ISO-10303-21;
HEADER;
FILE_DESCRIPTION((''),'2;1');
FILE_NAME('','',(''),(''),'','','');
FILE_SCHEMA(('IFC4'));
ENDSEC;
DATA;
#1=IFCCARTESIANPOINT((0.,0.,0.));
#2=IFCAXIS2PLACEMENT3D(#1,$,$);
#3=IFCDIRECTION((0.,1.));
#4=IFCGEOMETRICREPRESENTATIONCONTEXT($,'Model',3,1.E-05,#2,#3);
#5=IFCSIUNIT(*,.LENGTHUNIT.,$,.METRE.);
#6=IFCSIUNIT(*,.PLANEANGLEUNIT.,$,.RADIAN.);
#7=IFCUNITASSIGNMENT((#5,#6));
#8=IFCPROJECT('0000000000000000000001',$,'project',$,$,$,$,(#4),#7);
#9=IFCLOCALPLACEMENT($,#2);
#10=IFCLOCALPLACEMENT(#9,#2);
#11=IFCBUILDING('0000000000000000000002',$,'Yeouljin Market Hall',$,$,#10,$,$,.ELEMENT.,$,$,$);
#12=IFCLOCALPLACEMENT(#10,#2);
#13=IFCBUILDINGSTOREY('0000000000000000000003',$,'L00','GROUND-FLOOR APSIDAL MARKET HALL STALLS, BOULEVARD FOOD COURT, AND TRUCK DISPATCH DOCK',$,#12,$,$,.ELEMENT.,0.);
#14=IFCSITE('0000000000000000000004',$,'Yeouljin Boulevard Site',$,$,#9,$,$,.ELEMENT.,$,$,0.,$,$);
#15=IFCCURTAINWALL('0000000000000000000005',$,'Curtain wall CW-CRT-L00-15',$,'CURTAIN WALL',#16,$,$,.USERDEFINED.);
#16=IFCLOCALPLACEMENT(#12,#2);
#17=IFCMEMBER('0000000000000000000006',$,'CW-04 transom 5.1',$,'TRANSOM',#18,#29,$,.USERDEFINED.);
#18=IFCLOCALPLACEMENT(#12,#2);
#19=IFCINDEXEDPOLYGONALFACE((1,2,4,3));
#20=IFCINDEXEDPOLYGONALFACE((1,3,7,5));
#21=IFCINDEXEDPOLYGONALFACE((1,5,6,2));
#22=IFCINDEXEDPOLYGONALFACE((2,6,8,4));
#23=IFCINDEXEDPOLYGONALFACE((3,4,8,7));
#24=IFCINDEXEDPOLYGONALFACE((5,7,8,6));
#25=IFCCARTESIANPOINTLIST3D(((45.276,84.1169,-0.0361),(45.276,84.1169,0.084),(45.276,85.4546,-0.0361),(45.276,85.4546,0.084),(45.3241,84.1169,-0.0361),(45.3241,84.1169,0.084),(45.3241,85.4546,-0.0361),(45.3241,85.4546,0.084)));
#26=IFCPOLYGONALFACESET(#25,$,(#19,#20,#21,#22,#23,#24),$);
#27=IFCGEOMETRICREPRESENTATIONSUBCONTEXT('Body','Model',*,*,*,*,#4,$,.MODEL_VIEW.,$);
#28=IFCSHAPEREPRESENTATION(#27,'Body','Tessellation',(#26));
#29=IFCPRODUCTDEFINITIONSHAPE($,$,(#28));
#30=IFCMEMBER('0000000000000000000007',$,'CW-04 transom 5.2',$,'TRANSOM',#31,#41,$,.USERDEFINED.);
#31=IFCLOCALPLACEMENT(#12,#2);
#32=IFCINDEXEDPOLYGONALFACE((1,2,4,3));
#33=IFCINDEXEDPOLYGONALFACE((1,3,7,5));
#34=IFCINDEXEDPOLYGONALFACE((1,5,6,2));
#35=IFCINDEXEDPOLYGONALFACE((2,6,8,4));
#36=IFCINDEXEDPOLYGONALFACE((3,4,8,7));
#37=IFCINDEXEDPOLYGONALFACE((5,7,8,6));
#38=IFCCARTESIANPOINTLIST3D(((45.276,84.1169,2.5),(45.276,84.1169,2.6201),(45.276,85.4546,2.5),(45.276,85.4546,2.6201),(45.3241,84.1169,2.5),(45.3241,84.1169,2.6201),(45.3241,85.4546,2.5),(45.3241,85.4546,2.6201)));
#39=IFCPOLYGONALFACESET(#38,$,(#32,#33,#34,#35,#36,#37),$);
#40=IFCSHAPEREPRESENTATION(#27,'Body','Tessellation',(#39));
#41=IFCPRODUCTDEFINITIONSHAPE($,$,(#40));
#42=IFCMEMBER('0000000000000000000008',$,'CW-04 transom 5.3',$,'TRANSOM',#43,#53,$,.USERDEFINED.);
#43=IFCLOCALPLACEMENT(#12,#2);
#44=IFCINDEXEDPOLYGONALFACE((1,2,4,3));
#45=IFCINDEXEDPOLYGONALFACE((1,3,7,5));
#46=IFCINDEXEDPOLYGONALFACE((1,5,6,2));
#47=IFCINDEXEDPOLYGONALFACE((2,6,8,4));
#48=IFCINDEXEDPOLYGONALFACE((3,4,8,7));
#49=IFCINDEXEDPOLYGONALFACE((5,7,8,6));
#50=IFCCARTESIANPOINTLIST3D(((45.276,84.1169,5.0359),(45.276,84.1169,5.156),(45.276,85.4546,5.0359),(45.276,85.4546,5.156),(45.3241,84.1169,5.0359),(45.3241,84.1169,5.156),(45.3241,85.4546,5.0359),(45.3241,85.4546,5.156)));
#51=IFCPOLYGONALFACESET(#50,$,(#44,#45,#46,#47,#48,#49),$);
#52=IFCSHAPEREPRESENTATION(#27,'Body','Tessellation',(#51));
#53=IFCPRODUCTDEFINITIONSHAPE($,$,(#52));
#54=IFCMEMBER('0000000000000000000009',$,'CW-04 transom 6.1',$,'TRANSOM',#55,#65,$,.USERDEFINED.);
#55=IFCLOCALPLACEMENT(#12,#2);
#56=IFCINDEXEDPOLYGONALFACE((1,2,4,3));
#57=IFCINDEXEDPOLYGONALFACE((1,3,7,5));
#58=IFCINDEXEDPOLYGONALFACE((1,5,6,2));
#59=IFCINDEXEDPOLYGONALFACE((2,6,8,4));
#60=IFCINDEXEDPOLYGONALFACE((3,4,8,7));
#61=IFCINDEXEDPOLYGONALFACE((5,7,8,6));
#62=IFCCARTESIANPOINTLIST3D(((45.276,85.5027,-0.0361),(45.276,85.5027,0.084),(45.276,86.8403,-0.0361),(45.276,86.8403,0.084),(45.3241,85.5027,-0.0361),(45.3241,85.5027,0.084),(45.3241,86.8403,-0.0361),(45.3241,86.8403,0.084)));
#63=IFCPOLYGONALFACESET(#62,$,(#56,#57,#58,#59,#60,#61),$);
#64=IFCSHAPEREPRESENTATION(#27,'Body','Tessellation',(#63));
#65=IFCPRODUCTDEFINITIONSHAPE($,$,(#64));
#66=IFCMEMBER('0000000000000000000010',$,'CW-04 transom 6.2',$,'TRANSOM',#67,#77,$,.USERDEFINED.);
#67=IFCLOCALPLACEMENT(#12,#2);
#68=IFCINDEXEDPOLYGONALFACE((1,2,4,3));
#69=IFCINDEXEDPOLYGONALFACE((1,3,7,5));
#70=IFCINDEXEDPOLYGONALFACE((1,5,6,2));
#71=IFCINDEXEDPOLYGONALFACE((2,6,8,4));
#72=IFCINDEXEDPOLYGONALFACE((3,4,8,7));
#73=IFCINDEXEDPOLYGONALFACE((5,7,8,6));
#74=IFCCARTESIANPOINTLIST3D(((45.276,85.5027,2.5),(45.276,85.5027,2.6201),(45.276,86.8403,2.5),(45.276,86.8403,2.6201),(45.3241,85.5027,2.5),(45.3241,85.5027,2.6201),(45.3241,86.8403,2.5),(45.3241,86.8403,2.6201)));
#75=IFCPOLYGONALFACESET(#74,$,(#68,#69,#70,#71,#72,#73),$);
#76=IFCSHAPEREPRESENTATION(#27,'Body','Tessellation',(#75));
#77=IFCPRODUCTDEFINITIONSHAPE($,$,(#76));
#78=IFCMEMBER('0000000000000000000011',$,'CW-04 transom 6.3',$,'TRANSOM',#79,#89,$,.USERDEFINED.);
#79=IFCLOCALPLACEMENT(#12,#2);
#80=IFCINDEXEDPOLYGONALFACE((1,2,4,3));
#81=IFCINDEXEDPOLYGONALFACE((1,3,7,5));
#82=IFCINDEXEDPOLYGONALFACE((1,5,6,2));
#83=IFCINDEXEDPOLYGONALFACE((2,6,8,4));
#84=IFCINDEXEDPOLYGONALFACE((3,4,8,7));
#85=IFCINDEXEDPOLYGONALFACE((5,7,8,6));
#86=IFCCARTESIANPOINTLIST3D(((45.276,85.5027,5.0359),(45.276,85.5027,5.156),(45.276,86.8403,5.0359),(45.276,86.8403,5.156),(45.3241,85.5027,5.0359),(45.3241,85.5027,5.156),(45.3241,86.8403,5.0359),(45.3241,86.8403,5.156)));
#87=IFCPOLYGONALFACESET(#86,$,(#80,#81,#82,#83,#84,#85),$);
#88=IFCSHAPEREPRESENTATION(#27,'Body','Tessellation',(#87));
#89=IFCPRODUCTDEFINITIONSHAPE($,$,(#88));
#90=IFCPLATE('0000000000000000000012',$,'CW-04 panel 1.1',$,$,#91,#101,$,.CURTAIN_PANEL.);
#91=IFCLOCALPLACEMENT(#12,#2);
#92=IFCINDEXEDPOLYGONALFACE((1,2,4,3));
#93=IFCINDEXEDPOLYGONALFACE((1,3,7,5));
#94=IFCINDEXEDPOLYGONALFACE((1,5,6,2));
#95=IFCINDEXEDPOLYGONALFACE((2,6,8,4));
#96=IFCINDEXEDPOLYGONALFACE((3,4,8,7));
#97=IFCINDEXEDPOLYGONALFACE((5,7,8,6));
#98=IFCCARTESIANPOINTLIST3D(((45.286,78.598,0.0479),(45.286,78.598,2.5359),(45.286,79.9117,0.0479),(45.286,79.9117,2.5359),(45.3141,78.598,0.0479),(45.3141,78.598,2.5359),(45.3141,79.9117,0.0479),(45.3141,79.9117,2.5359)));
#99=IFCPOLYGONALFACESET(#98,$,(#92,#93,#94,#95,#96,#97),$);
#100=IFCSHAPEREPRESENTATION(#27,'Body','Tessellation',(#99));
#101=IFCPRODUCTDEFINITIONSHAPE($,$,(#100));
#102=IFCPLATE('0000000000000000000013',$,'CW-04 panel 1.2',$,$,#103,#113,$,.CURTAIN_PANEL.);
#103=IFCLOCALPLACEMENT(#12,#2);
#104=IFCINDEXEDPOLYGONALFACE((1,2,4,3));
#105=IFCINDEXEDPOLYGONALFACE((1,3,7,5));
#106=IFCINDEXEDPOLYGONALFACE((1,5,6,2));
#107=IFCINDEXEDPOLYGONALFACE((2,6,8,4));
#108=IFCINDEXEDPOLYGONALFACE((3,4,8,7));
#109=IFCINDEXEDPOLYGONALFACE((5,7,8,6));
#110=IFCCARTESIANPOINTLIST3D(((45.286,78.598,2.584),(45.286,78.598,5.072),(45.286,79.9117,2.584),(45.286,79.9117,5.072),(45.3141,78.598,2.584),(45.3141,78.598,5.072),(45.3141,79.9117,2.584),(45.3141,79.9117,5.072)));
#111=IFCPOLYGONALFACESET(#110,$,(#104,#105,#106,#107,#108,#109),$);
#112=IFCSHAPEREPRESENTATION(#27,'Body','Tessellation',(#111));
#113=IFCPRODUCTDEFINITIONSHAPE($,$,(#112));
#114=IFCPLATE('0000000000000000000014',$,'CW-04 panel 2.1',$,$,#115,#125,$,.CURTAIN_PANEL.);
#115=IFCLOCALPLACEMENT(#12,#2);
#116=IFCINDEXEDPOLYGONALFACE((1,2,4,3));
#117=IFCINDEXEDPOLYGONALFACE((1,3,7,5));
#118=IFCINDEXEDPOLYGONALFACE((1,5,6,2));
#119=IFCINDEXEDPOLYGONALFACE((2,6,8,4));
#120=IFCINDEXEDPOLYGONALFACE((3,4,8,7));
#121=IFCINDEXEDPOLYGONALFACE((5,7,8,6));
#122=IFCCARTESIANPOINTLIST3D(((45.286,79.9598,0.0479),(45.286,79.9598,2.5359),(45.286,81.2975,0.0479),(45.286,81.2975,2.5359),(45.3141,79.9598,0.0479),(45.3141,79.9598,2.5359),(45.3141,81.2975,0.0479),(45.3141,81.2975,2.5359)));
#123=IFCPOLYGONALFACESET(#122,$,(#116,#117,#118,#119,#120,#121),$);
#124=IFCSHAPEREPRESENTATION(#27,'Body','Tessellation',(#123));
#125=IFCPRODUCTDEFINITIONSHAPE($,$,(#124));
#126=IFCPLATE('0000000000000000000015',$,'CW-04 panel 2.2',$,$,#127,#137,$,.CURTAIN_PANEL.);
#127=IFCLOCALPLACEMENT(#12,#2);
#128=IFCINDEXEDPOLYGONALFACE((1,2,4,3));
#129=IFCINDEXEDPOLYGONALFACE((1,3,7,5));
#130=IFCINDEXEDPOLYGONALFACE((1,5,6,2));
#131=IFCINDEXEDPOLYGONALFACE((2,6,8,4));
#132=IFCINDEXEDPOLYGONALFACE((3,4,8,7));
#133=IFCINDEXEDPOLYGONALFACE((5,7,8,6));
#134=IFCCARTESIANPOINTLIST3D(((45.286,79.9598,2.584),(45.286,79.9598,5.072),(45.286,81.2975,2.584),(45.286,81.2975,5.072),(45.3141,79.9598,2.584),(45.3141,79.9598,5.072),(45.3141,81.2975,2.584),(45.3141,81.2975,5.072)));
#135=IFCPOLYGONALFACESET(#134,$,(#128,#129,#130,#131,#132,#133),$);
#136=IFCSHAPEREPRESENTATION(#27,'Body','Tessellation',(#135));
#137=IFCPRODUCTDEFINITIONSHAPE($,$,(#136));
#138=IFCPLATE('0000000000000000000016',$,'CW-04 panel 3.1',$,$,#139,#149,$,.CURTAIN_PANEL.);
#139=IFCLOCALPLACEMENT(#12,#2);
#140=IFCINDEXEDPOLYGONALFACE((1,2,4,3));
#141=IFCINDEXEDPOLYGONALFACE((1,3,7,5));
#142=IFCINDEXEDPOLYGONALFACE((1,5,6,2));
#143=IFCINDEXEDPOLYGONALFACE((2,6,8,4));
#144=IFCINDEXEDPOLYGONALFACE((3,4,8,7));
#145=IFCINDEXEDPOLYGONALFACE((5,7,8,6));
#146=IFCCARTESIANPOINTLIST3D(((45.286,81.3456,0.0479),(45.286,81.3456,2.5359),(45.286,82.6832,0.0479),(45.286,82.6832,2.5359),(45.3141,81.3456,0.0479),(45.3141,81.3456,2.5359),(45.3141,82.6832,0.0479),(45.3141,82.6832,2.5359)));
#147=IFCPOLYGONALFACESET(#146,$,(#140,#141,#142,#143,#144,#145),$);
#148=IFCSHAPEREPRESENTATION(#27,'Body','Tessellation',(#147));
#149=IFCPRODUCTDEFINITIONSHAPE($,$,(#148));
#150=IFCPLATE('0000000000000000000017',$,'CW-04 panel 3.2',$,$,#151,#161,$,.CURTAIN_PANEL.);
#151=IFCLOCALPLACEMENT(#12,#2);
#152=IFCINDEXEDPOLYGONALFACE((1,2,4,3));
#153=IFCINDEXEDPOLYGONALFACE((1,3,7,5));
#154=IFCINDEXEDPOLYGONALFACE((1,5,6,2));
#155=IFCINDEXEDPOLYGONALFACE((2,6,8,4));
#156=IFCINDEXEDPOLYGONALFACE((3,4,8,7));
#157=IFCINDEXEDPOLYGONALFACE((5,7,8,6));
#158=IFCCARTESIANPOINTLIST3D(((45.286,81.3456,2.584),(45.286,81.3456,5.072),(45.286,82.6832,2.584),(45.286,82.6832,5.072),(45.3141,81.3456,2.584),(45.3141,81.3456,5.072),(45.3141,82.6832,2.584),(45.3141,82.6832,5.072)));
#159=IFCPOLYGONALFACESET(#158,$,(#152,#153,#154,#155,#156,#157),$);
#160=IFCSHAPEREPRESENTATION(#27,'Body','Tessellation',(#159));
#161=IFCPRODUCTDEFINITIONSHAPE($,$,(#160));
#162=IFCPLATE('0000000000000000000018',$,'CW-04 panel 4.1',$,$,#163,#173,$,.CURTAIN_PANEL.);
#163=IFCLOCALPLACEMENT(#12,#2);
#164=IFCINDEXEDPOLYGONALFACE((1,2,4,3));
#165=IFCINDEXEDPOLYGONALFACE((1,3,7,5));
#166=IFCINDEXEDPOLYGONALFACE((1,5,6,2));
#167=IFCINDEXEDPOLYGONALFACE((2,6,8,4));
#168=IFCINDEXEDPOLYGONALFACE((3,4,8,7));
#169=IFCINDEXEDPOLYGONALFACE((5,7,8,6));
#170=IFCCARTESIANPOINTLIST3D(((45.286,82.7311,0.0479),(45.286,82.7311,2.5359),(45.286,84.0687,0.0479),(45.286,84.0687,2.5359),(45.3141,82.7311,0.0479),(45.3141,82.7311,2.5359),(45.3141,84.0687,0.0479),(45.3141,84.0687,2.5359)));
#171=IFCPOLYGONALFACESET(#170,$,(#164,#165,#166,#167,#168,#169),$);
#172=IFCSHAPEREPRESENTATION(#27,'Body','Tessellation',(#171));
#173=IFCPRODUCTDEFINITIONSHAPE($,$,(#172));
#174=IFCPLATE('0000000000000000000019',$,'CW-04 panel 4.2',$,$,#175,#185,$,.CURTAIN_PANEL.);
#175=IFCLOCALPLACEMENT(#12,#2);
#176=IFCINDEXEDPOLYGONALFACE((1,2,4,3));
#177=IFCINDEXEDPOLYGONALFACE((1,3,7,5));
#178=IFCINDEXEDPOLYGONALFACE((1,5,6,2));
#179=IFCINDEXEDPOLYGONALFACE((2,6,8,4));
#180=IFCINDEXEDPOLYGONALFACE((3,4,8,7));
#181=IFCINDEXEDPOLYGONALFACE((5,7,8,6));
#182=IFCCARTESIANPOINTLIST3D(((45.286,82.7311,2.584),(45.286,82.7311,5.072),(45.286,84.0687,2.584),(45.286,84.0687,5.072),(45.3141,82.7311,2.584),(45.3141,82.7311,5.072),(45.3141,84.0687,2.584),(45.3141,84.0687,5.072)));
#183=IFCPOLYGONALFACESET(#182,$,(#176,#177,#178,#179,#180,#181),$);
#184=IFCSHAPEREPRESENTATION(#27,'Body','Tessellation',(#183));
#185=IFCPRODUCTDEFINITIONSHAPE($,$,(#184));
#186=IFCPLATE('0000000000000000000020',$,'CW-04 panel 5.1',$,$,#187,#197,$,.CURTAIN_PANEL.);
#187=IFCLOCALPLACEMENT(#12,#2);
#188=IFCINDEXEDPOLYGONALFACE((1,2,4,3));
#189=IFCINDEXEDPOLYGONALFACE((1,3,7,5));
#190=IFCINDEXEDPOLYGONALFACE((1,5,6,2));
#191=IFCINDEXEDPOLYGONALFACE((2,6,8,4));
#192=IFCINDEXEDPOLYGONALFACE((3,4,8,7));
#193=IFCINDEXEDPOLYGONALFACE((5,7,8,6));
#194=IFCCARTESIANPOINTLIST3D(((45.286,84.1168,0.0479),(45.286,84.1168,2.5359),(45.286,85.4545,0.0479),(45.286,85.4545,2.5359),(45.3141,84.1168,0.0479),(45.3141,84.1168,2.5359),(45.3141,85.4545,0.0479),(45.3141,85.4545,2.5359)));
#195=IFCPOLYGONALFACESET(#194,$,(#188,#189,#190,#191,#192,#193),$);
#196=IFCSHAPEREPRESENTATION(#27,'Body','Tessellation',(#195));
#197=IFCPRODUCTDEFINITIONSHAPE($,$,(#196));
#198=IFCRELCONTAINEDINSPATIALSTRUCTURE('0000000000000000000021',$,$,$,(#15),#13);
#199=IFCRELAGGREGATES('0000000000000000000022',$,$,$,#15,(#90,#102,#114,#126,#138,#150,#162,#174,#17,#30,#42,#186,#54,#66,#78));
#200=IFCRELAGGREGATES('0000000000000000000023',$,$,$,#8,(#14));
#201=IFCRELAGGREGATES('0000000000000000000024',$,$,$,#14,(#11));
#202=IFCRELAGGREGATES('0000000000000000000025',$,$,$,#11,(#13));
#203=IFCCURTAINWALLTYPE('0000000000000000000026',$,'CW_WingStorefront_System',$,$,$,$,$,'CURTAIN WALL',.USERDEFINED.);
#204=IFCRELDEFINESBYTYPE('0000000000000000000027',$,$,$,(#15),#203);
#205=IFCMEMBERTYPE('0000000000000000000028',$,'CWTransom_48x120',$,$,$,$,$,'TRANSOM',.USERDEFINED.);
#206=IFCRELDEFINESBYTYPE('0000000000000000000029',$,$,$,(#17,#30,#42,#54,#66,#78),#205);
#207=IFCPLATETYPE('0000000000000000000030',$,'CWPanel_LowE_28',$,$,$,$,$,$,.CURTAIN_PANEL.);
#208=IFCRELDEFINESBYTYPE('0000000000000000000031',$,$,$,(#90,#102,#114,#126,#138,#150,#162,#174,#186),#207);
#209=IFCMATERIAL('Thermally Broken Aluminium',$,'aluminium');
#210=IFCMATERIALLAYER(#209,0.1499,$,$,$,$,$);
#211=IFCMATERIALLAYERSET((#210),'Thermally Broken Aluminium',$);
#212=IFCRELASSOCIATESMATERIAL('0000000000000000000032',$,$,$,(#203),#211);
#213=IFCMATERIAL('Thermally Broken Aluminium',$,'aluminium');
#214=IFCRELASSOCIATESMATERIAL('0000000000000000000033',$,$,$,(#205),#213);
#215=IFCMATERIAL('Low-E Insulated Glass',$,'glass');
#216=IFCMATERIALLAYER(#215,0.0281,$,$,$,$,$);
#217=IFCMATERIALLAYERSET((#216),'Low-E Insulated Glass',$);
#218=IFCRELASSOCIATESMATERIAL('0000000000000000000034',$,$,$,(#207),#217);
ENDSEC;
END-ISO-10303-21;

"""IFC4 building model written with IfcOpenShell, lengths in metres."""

from ifc_helpers import new_model, si_unit, direction, frame, origin, origin_2d, place, context, subcontext, project, spatial, rectangle, extrude, material, layer, layer_set, material_profile, profile_set, type_object, element, aggregate, save


model = new_model("IFC4")

# Units and contexts
model_context = context("Model", 3, precision=1e-05, world=origin(), true_north=direction((0.0, 1.0)))
body_context = subcontext(model_context, "Body", "Model", "MODEL_VIEW")
ifc_project = project(units=[si_unit("LENGTHUNIT", "METRE"), si_unit("PLANEANGLEUNIT", "RADIAN")], contexts=[model_context])

# Site, building, storey
site_placement = place(None, origin())
site = spatial("IfcSite", under=ifc_project, at=site_placement, Name="Yeouljin Boulevard Site", CompositionType="ELEMENT", RefElevation=0.0)
building_placement = place(site_placement, origin())
building = spatial("IfcBuilding", under=site, at=building_placement, Name="Yeouljin Market Hall", CompositionType="ELEMENT")
storey_placement = place(building_placement, origin())
storey = spatial("IfcBuildingStorey", under=building, at=storey_placement, Name="L00", Description="GROUND-FLOOR APSIDAL MARKET HALL STALLS, BOULEVARD FOOD COURT, AND TRUCK DISPATCH DOCK", CompositionType="ELEMENT", Elevation=0.0)

# Curtain wall, members, plates
ifc_material_1 = material(Name="Thermally Broken Aluminium", Category="aluminium")
ifc_layer_1 = layer(ifc_material_1, 0.1499)
ifc_layer_set_1 = layer_set([ifc_layer_1], Name="Thermally Broken Aluminium")
curtain_wall_type = type_object("IfcCurtainWallType", Name="CW_WingStorefront_System", ElementType="CURTAIN WALL", PredefinedType="USERDEFINED", material=ifc_layer_set_1)
curtain_wall_placement = place(storey_placement, origin())
curtain_wall = element("IfcCurtainWall", 1, at=curtain_wall_placement, inside=storey, type_object=curtain_wall_type, Name="Curtain wall CW-CRT-L00-15", ObjectType="CURTAIN WALL", PredefinedType="USERDEFINED")
ifc_material_2 = material(Name="Thermally Broken Aluminium", Category="aluminium")
ifc_material_profile_1 = material_profile(ifc_material_2, rectangle(XDim=0.0481, YDim=0.1201, at=origin_2d()), Name="CW-TRAN-48x120")
ifc_profile_set_1 = profile_set([ifc_material_profile_1], Name="Thermally Broken Aluminium")
member_type_1 = type_object("IfcMemberType", Name="CWTransom_48x120", ElementType="TRANSOM", PredefinedType="USERDEFINED", material=ifc_profile_set_1)
member_1_placement = place(storey_placement, frame((45.3, 84.1169, 0.0239), z_axis=(0.0, 1.0, 0.0), x_axis=(-1.0, 0.0, 0.0)))
member_1 = element("IfcMember", 2, at=member_1_placement, type_object=member_type_1, Name="CW-04 transom 5.1", ObjectType="TRANSOM", PredefinedType="USERDEFINED", context=body_context, shape_type="SweptSolid", body=[
    extrude(rectangle(XDim=0.0481, YDim=0.1201, at=origin_2d()), origin(), (0.0, 0.0, 1.0), 1.3376),
])
member_2_placement = place(storey_placement, frame((45.3, 84.1169, 2.5601), z_axis=(0.0, 1.0, 0.0), x_axis=(-1.0, 0.0, 0.0)))
member_2 = element("IfcMember", 3, at=member_2_placement, type_object=member_type_1, Name="CW-04 transom 5.2", ObjectType="TRANSOM", PredefinedType="USERDEFINED", context=body_context, shape_type="SweptSolid", body=[
    extrude(rectangle(XDim=0.0481, YDim=0.1201, at=origin_2d()), origin(), (0.0, 0.0, 1.0), 1.3376),
])
member_3_placement = place(storey_placement, frame((45.3, 84.1169, 5.0959), z_axis=(0.0, 1.0, 0.0), x_axis=(-1.0, 0.0, 0.0)))
member_3 = element("IfcMember", 4, at=member_3_placement, type_object=member_type_1, Name="CW-04 transom 5.3", ObjectType="TRANSOM", PredefinedType="USERDEFINED", context=body_context, shape_type="SweptSolid", body=[
    extrude(rectangle(XDim=0.0481, YDim=0.1201, at=origin_2d()), origin(), (0.0, 0.0, 1.0), 1.3376),
])
member_4_placement = place(storey_placement, frame((45.3, 85.5027, 0.0239), z_axis=(0.0, 1.0, 0.0), x_axis=(-1.0, 0.0, 0.0)))
member_4 = element("IfcMember", 5, at=member_4_placement, type_object=member_type_1, Name="CW-04 transom 6.1", ObjectType="TRANSOM", PredefinedType="USERDEFINED", context=body_context, shape_type="SweptSolid", body=[
    extrude(rectangle(XDim=0.0481, YDim=0.1201, at=origin_2d()), origin(), (0.0, 0.0, 1.0), 1.3376),
])
member_5_placement = place(storey_placement, frame((45.3, 85.5027, 2.5601), z_axis=(0.0, 1.0, 0.0), x_axis=(-1.0, 0.0, 0.0)))
member_5 = element("IfcMember", 6, at=member_5_placement, type_object=member_type_1, Name="CW-04 transom 6.2", ObjectType="TRANSOM", PredefinedType="USERDEFINED", context=body_context, shape_type="SweptSolid", body=[
    extrude(rectangle(XDim=0.0481, YDim=0.1201, at=origin_2d()), origin(), (0.0, 0.0, 1.0), 1.3376),
])
member_6_placement = place(storey_placement, frame((45.3, 85.5027, 5.0959), z_axis=(0.0, 1.0, 0.0), x_axis=(-1.0, 0.0, 0.0)))
member_6 = element("IfcMember", 7, at=member_6_placement, type_object=member_type_1, Name="CW-04 transom 6.3", ObjectType="TRANSOM", PredefinedType="USERDEFINED", context=body_context, shape_type="SweptSolid", body=[
    extrude(rectangle(XDim=0.0481, YDim=0.1201, at=origin_2d()), origin(), (0.0, 0.0, 1.0), 1.3376),
])
ifc_material_3 = material(Name="Low-E Insulated Glass", Category="glass")
ifc_layer_2 = layer(ifc_material_3, 0.0281)
ifc_layer_set_2 = layer_set([ifc_layer_2], Name="Low-E Insulated Glass")
plate_type = type_object("IfcPlateType", Name="CWPanel_LowE_28", PredefinedType="CURTAIN_PANEL", material=ifc_layer_set_2)
plate_1_placement = place(storey_placement, frame((45.3, 79.2549, 0.0479), z_axis=(0.0, 0.0, 1.0), x_axis=(0.0, 1.0, 0.0)))
plate_1 = element("IfcPlate", 8, at=plate_1_placement, type_object=plate_type, Name="CW-04 panel 1.1", PredefinedType="CURTAIN_PANEL", context=body_context, shape_type="SweptSolid", body=[
    extrude(rectangle(XDim=1.3137, YDim=0.0281, at=origin_2d()), origin(), (0.0, 0.0, 1.0), 2.488),
])
plate_2_placement = place(storey_placement, frame((45.3, 79.2549, 2.584), z_axis=(0.0, 0.0, 1.0), x_axis=(0.0, 1.0, 0.0)))
plate_2 = element("IfcPlate", 9, at=plate_2_placement, type_object=plate_type, Name="CW-04 panel 1.2", PredefinedType="CURTAIN_PANEL", context=body_context, shape_type="SweptSolid", body=[
    extrude(rectangle(XDim=1.3137, YDim=0.0281, at=origin_2d()), origin(), (0.0, 0.0, 1.0), 2.488),
])
plate_3_placement = place(storey_placement, frame((45.3, 80.6287, 0.0479), z_axis=(0.0, 0.0, 1.0), x_axis=(0.0, 1.0, 0.0)))
plate_3 = element("IfcPlate", 10, at=plate_3_placement, type_object=plate_type, Name="CW-04 panel 2.1", PredefinedType="CURTAIN_PANEL", context=body_context, shape_type="SweptSolid", body=[
    extrude(rectangle(XDim=1.3376, YDim=0.0281, at=origin_2d()), origin(), (0.0, 0.0, 1.0), 2.488),
])
plate_4_placement = place(storey_placement, frame((45.3, 80.6287, 2.584), z_axis=(0.0, 0.0, 1.0), x_axis=(0.0, 1.0, 0.0)))
plate_4 = element("IfcPlate", 11, at=plate_4_placement, type_object=plate_type, Name="CW-04 panel 2.2", PredefinedType="CURTAIN_PANEL", context=body_context, shape_type="SweptSolid", body=[
    extrude(rectangle(XDim=1.3376, YDim=0.0281, at=origin_2d()), origin(), (0.0, 0.0, 1.0), 2.488),
])
plate_5_placement = place(storey_placement, frame((45.3, 82.0144, 0.0479), z_axis=(0.0, 0.0, 1.0), x_axis=(0.0, 1.0, 0.0)))
plate_5 = element("IfcPlate", 12, at=plate_5_placement, type_object=plate_type, Name="CW-04 panel 3.1", PredefinedType="CURTAIN_PANEL", context=body_context, shape_type="SweptSolid", body=[
    extrude(rectangle(XDim=1.3376, YDim=0.0281, at=origin_2d()), origin(), (0.0, 0.0, 1.0), 2.488),
])
plate_6_placement = place(storey_placement, frame((45.3, 82.0144, 2.584), z_axis=(0.0, 0.0, 1.0), x_axis=(0.0, 1.0, 0.0)))
plate_6 = element("IfcPlate", 13, at=plate_6_placement, type_object=plate_type, Name="CW-04 panel 3.2", PredefinedType="CURTAIN_PANEL", context=body_context, shape_type="SweptSolid", body=[
    extrude(rectangle(XDim=1.3376, YDim=0.0281, at=origin_2d()), origin(), (0.0, 0.0, 1.0), 2.488),
])
plate_7_placement = place(storey_placement, frame((45.3, 83.3999, 0.0479), z_axis=(0.0, 0.0, 1.0), x_axis=(0.0, 1.0, 0.0)))
plate_7 = element("IfcPlate", 14, at=plate_7_placement, type_object=plate_type, Name="CW-04 panel 4.1", PredefinedType="CURTAIN_PANEL", context=body_context, shape_type="SweptSolid", body=[
    extrude(rectangle(XDim=1.3376, YDim=0.0281, at=origin_2d()), origin(), (0.0, 0.0, 1.0), 2.488),
])
plate_8_placement = place(storey_placement, frame((45.3, 83.3999, 2.584), z_axis=(0.0, 0.0, 1.0), x_axis=(0.0, 1.0, 0.0)))
plate_8 = element("IfcPlate", 15, at=plate_8_placement, type_object=plate_type, Name="CW-04 panel 4.2", PredefinedType="CURTAIN_PANEL", context=body_context, shape_type="SweptSolid", body=[
    extrude(rectangle(XDim=1.3376, YDim=0.0281, at=origin_2d()), origin(), (0.0, 0.0, 1.0), 2.488),
])
plate_9_placement = place(storey_placement, frame((45.3, 84.7856, 0.0479), z_axis=(0.0, 0.0, 1.0), x_axis=(0.0, 1.0, 0.0)))
plate_9 = element("IfcPlate", 16, at=plate_9_placement, type_object=plate_type, Name="CW-04 panel 5.1", PredefinedType="CURTAIN_PANEL", context=body_context, shape_type="SweptSolid", body=[
    extrude(rectangle(XDim=1.3376, YDim=0.0281, at=origin_2d()), origin(), (0.0, 0.0, 1.0), 2.488),
])
aggregate(curtain_wall, [plate_1, plate_2, plate_3, plate_4, plate_5, plate_6, plate_7, plate_8, member_1, member_2, member_3, plate_9, member_4, member_5, member_6])

save(model, "model.ifc")
